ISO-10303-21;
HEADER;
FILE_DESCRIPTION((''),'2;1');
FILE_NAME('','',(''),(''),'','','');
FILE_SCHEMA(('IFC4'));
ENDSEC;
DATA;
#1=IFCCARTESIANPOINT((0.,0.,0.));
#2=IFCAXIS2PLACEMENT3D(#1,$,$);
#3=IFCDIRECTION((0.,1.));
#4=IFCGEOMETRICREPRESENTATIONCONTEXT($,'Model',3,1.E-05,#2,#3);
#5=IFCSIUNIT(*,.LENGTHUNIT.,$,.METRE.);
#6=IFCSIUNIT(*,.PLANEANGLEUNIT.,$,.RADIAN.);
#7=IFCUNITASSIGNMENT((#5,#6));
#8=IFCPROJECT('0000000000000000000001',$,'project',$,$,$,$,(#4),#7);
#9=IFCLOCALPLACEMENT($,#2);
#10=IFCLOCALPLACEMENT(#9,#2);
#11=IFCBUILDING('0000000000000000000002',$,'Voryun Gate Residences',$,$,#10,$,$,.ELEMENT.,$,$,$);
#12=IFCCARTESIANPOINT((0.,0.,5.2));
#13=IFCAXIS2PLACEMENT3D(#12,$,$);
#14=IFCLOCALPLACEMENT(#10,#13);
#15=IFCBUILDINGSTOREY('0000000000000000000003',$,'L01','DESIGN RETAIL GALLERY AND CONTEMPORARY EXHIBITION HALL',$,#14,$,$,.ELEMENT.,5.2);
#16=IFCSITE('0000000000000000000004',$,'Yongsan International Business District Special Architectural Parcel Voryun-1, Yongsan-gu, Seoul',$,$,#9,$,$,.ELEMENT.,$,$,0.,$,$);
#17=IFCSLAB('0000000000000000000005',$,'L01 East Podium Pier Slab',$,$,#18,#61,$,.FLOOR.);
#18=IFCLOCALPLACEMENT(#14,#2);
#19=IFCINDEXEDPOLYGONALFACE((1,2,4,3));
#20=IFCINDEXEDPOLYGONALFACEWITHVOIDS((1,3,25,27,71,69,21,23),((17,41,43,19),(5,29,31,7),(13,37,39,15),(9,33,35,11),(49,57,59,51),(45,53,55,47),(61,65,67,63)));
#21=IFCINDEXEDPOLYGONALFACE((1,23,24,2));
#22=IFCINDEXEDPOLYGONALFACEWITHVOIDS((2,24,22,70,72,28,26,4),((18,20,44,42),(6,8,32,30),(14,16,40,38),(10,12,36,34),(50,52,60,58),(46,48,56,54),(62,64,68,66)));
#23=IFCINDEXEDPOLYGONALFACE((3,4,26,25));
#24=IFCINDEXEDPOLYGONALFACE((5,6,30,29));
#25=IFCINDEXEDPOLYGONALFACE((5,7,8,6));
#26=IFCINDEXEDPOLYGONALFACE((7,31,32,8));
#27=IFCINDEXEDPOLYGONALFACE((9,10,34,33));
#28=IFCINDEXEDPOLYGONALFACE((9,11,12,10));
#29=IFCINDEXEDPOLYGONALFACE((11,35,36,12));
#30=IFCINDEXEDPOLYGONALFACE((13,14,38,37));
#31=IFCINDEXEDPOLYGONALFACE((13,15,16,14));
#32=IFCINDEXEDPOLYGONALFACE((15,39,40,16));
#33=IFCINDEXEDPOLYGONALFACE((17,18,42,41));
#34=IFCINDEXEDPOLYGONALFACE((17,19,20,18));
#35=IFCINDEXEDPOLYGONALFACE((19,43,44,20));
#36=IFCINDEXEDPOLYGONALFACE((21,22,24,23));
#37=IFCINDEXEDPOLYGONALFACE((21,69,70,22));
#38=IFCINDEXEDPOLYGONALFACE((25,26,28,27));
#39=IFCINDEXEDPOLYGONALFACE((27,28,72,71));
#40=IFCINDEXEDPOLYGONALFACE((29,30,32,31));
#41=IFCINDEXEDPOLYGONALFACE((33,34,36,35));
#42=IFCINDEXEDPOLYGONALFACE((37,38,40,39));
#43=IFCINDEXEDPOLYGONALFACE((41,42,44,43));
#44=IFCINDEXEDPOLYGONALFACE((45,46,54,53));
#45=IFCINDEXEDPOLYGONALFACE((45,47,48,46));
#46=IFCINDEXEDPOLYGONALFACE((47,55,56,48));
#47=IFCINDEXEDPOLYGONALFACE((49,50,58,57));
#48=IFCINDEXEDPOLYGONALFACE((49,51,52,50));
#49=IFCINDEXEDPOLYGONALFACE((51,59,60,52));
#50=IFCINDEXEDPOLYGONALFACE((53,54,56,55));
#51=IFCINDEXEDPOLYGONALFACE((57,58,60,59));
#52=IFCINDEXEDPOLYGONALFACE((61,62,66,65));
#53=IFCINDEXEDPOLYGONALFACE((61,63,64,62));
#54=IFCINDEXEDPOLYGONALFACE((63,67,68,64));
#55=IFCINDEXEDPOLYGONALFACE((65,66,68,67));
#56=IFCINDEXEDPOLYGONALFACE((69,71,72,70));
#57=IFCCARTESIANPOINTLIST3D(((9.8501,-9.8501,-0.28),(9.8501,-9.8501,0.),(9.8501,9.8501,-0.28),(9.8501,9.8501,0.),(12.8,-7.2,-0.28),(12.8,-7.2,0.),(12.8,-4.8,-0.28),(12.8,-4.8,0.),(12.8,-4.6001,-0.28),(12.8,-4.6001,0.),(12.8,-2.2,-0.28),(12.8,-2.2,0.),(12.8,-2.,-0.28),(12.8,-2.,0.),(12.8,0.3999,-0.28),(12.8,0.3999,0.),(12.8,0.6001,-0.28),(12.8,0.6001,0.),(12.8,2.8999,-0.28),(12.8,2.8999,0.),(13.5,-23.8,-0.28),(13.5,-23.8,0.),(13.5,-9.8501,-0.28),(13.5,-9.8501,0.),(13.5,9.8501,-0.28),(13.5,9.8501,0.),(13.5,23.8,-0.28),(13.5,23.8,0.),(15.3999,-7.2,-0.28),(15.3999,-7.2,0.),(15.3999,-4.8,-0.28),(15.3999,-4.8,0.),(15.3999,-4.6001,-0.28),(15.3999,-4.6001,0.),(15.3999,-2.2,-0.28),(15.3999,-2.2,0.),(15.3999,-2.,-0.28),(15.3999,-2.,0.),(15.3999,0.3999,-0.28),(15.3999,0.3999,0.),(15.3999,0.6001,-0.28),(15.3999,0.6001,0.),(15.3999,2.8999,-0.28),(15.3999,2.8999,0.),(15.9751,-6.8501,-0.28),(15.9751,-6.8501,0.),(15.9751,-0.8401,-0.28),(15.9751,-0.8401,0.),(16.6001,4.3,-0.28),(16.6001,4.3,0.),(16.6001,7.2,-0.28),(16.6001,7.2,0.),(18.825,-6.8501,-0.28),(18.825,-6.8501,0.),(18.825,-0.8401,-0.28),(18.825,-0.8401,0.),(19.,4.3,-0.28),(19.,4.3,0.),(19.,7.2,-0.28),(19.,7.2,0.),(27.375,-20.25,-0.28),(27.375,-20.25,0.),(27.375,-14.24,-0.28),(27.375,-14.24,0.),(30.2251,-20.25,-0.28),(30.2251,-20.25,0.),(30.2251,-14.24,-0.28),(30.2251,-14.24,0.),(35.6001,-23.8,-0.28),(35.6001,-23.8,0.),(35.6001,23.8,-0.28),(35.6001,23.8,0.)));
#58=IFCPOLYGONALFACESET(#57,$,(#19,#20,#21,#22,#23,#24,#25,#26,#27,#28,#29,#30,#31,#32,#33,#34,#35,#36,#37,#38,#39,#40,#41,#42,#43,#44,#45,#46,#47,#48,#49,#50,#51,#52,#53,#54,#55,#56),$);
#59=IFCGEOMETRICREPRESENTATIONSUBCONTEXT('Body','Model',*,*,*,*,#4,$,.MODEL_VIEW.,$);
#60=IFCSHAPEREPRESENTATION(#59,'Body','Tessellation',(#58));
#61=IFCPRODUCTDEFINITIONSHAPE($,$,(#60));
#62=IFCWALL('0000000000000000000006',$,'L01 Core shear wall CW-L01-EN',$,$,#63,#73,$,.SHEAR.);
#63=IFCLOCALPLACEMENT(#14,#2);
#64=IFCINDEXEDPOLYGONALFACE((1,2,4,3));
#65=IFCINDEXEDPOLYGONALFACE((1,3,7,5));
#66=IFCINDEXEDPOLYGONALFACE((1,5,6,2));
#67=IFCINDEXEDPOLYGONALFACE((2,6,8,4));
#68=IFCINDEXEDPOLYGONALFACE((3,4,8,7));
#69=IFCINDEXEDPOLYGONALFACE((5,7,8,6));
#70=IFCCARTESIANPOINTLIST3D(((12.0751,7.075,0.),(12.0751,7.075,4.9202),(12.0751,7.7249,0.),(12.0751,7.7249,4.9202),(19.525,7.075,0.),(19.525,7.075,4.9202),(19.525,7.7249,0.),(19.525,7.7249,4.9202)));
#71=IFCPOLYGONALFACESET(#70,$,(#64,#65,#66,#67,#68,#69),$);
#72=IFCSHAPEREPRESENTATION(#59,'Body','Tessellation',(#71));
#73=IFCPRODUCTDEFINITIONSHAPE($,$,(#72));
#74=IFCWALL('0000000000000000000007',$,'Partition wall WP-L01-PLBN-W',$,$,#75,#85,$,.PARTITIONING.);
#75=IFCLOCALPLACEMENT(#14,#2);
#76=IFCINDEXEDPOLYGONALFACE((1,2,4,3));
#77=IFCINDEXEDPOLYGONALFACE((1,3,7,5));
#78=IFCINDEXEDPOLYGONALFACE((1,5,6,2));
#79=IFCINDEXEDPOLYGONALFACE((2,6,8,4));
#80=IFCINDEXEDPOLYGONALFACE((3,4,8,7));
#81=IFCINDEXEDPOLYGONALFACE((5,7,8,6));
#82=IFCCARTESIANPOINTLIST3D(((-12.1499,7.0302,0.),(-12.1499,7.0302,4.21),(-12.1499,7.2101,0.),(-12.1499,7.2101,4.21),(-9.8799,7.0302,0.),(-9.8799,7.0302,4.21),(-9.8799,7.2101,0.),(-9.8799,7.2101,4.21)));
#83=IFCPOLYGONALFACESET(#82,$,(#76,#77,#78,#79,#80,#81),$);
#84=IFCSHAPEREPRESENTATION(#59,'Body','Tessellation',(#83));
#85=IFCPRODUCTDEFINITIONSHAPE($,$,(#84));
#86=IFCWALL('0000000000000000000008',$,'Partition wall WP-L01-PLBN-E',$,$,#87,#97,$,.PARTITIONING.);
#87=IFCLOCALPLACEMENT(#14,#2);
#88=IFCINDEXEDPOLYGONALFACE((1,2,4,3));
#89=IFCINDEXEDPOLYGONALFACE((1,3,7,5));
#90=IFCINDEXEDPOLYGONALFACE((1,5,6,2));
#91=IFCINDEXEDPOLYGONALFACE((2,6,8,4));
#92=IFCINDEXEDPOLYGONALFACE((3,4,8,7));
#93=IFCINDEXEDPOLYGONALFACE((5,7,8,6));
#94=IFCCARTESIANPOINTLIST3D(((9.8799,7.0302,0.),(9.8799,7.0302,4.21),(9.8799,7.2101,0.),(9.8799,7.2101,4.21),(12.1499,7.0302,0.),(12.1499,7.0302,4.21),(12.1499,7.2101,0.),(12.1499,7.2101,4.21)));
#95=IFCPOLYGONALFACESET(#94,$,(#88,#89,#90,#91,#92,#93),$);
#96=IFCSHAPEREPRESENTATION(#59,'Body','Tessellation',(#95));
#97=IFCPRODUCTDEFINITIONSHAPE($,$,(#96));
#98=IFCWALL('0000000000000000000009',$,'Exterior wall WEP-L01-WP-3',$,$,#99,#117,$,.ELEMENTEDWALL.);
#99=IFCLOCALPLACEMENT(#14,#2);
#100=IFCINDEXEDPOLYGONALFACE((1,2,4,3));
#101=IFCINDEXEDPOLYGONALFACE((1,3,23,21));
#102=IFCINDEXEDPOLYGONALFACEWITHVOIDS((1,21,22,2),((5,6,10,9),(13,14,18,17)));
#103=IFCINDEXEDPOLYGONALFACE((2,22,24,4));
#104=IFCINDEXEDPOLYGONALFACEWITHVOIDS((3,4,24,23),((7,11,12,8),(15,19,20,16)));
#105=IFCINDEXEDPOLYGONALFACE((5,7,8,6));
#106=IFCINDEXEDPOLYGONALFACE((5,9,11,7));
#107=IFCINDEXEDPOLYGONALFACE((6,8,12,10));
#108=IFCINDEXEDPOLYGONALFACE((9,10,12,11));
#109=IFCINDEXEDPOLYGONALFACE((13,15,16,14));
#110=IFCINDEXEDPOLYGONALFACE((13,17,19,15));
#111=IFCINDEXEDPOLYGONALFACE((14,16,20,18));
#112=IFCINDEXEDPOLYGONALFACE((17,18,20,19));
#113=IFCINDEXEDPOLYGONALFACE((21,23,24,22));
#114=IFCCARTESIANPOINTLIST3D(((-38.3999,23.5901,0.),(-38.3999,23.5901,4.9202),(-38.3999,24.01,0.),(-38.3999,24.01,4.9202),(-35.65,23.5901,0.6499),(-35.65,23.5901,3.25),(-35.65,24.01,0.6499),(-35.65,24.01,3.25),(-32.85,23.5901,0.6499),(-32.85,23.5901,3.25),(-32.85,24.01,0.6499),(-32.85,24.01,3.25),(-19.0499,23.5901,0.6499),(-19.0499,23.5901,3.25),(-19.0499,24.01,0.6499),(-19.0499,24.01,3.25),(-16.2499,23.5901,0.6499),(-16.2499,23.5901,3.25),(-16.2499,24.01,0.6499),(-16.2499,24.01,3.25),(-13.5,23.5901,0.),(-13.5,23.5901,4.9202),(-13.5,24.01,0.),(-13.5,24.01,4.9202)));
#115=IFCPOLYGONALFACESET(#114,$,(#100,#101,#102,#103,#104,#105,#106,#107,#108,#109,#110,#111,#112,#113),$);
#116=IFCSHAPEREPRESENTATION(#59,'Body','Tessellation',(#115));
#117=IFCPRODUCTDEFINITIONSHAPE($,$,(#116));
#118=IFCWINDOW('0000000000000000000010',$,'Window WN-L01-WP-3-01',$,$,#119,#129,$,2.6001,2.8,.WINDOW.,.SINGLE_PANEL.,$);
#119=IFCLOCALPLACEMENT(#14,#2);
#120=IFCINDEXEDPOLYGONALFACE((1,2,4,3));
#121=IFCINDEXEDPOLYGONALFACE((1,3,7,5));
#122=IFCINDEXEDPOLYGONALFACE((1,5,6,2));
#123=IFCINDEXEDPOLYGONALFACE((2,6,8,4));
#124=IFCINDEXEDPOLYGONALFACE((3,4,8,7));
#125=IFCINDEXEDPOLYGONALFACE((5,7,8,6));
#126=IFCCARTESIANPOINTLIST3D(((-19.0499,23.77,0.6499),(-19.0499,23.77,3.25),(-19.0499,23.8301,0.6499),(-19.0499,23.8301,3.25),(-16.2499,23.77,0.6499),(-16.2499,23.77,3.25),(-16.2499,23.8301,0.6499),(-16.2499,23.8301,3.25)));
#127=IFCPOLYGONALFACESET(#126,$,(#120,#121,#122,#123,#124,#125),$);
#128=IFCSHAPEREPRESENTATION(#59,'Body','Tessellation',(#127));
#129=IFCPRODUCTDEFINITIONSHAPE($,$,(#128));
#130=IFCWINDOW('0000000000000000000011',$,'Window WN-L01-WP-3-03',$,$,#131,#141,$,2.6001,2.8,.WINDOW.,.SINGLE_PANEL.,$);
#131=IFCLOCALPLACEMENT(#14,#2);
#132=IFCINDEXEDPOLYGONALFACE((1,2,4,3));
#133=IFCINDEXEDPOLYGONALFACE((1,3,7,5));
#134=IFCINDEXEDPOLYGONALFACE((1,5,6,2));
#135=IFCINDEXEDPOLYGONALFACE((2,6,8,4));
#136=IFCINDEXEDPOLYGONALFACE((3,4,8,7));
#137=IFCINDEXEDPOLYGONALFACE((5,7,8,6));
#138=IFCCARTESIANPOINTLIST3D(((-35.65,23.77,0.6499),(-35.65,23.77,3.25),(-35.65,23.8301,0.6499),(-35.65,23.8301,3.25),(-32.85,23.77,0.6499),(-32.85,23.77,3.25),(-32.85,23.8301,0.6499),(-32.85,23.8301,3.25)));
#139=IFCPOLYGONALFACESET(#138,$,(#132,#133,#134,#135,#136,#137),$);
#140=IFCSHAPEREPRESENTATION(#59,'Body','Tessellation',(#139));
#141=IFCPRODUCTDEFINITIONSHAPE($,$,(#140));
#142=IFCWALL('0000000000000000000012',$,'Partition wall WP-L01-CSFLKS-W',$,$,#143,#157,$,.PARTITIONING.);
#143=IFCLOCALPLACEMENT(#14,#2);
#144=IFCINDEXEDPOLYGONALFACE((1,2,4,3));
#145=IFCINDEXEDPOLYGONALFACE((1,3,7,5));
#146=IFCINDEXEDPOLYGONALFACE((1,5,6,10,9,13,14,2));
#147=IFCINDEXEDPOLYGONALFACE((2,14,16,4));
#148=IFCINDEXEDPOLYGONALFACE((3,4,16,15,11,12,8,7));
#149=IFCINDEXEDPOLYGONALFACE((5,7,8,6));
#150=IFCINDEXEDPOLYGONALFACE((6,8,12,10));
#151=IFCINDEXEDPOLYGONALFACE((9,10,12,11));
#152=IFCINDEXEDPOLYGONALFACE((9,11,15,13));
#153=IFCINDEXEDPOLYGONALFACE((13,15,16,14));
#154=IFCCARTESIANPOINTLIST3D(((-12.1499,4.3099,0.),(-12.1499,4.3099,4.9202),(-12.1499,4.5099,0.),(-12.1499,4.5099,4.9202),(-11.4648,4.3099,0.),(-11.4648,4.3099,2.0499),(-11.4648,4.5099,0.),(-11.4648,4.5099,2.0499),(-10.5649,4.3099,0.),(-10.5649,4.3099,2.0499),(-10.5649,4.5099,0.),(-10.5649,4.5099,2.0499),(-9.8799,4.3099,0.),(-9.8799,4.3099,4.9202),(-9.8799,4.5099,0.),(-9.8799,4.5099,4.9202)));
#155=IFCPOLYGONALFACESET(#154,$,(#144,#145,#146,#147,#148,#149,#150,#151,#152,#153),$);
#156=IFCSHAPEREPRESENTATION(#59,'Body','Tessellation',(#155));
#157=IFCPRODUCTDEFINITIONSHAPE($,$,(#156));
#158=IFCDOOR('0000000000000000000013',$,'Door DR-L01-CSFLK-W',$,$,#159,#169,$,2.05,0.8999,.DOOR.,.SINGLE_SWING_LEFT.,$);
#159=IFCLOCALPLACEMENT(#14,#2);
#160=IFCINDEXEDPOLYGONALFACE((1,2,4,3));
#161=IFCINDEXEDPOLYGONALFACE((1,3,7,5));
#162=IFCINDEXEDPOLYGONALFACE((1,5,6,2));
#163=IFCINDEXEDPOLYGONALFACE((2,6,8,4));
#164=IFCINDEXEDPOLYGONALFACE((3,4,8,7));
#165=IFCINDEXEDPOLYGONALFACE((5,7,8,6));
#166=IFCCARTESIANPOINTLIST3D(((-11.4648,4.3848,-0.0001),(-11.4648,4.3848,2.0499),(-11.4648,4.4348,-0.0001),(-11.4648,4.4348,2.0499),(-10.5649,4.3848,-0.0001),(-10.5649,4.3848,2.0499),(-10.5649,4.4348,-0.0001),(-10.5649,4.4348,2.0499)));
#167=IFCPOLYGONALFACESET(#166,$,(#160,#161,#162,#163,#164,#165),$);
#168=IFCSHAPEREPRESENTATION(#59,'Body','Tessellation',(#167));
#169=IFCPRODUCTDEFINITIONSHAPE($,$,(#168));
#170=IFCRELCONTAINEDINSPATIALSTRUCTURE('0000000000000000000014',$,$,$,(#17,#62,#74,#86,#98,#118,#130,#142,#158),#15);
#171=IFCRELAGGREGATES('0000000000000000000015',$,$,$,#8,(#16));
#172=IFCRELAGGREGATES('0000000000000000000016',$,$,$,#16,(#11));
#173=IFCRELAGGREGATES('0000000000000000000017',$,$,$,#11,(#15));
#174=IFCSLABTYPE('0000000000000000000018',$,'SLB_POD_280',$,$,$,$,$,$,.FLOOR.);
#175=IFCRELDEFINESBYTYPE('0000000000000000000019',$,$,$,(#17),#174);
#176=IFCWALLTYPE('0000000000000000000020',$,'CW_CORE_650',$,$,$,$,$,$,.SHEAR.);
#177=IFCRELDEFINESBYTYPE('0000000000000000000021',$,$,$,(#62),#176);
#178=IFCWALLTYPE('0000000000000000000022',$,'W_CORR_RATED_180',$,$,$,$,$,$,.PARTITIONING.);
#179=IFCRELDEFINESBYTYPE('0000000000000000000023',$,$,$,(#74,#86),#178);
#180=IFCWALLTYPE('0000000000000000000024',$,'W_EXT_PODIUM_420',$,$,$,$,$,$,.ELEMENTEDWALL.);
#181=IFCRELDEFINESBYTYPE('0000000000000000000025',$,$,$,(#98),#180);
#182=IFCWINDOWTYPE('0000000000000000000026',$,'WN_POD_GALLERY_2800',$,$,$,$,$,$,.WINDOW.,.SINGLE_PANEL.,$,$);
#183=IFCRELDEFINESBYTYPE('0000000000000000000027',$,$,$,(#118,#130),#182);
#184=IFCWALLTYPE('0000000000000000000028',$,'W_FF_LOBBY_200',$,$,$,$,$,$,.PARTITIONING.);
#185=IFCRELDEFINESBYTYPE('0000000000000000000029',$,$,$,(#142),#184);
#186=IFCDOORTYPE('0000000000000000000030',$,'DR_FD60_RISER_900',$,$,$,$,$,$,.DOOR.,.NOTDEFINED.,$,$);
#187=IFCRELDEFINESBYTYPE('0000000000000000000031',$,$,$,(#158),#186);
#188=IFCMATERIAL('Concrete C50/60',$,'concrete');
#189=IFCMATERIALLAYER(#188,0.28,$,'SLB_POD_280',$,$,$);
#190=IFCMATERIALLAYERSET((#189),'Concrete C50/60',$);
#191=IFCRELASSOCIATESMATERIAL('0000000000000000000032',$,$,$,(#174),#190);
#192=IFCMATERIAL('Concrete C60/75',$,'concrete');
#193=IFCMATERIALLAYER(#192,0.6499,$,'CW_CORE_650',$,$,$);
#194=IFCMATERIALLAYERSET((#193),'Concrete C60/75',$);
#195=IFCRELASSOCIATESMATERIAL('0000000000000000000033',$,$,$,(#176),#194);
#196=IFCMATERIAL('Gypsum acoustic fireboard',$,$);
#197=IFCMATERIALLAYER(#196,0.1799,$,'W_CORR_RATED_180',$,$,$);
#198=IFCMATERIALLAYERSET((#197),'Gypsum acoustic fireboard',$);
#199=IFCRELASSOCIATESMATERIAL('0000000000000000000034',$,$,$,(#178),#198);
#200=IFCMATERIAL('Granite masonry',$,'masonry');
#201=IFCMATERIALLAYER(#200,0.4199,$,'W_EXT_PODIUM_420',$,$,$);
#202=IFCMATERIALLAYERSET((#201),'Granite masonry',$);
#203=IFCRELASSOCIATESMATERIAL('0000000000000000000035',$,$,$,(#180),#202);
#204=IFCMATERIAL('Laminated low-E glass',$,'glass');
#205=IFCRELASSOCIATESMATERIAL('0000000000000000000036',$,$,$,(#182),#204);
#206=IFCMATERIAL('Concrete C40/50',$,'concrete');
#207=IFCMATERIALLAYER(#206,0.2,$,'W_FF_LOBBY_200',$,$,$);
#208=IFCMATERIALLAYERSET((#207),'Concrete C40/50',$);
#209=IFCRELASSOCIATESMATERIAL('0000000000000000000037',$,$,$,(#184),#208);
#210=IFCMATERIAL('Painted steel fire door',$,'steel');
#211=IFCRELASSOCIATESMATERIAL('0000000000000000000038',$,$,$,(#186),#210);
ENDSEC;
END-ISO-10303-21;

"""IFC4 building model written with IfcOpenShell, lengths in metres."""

from ifc_helpers import new_model, si_unit, direction, frame, frame_2d, origin, place, context, subcontext, project, spatial, polyline, rectangle, outline, extrude, material, layer, layer_set, type_object, element, fill, save


model = new_model("IFC4")

# Units and contexts
model_context = context("Model", 3, precision=1e-05, world=origin(), true_north=direction((0.0, 1.0)))
body_context = subcontext(model_context, "Body", "Model", "MODEL_VIEW")
ifc_project = project(units=[si_unit("LENGTHUNIT", "METRE"), si_unit("PLANEANGLEUNIT", "RADIAN")], contexts=[model_context])

# Site, building, storey
site_placement = place(None, origin())
site = spatial("IfcSite", under=ifc_project, at=site_placement, Name="Yongsan International Business District Special Architectural Parcel Voryun-1, Yongsan-gu, Seoul", CompositionType="ELEMENT", RefElevation=0.0)
building_placement = place(site_placement, origin())
building = spatial("IfcBuilding", under=site, at=building_placement, Name="Voryun Gate Residences", CompositionType="ELEMENT")
storey_placement = place(building_placement, frame((0.0, 0.0, 5.2)))
storey = spatial("IfcBuildingStorey", under=building, at=storey_placement, Name="L01", Description="DESIGN RETAIL GALLERY AND CONTEMPORARY EXHIBITION HALL", CompositionType="ELEMENT", Elevation=5.2)

# Slab
ifc_material_1 = material(Name="Concrete C50/60", Category="concrete")
ifc_layer_1 = layer(ifc_material_1, 0.28, Name="SLB_POD_280")
ifc_layer_set_1 = layer_set([ifc_layer_1], Name="Concrete C50/60")
slab_type = type_object("IfcSlabType", Name="SLB_POD_280", PredefinedType="FLOOR", material=ifc_layer_set_1)
slab_1_placement = place(storey_placement, frame((0.0, 0.0, -0.28)))
element("IfcSlab", 1, at=slab_1_placement, inside=storey, type_object=slab_type, Name="L01 East Podium Pier Slab", PredefinedType="FLOOR", context=body_context, shape_type="SweptSolid", body=[
    extrude(outline(polyline([(9.8501, 9.8501), (13.5, 9.8501), (13.5, 23.8), (35.6001, 23.8), (35.6001, -23.8), (13.5, -23.8), (13.5, -9.8501), (9.8501, -9.8501), (9.8501, 9.8501)]), holes=[polyline([(30.2251, -20.25), (30.2251, -14.24), (27.375, -14.24), (27.375, -20.25), (30.2251, -20.25)]), polyline([(15.3999, -7.2), (15.3999, -4.8), (12.8, -4.8), (12.8, -7.2), (15.3999, -7.2)]), polyline([(15.9751, -6.8501), (18.825, -6.8501), (18.825, -0.8401), (15.9751, -0.8401), (15.9751, -6.8501)]), polyline([(15.3999, -4.6001), (15.3999, -2.2), (12.8, -2.2), (12.8, -4.6001), (15.3999, -4.6001)]), polyline([(15.3999, -2.0), (15.3999, 0.3999), (12.8, 0.3999), (12.8, -2.0), (15.3999, -2.0)]), polyline([(15.3999, 0.6001), (15.3999, 2.8999), (12.8, 2.8999), (12.8, 0.6001), (15.3999, 0.6001)]), polyline([(19.0, 4.3), (19.0, 7.2), (16.6001, 7.2), (16.6001, 4.3), (19.0, 4.3)])]), origin(), (0.0, 0.0, 1.0), 0.28),
])

# Walls
ifc_material_2 = material(Name="Concrete C60/75", Category="concrete")
ifc_layer_2 = layer(ifc_material_2, 0.6499, Name="CW_CORE_650")
ifc_layer_set_2 = layer_set([ifc_layer_2], Name="Concrete C60/75")
wall_type_1 = type_object("IfcWallType", Name="CW_CORE_650", PredefinedType="SHEAR", material=ifc_layer_set_2)
wall_1_placement = place(storey_placement, frame((12.075, 7.3999, 0.0), z_axis=(0.0, 0.0, 1.0), x_axis=(1.0, 0.0, 0.0)))
element("IfcWall", 2, at=wall_1_placement, inside=storey, type_object=wall_type_1, Name="L01 Core shear wall CW-L01-EN", PredefinedType="SHEAR", context=body_context, shape_type="SweptSolid", body=[
    extrude(rectangle(XDim=7.45, YDim=0.6499, at=frame_2d((3.7251, 0.0))), origin(), (0.0, 0.0, 1.0), 4.9202),
])
ifc_material_3 = material(Name="Gypsum acoustic fireboard")
ifc_layer_3 = layer(ifc_material_3, 0.1799, Name="W_CORR_RATED_180")
ifc_layer_set_3 = layer_set([ifc_layer_3], Name="Gypsum acoustic fireboard")
wall_type_2 = type_object("IfcWallType", Name="W_CORR_RATED_180", PredefinedType="PARTITIONING", material=ifc_layer_set_3)
for number, where, z_axis, x_axis, name in (
    (3, (-12.1499, 7.1201, 0.0), (0.0, 0.0, 1.0), (1.0, 0.0, 0.0), "Partition wall WP-L01-PLBN-W"),
    (4, (9.8799, 7.1201, 0.0), (0.0, 0.0, 1.0), (1.0, 0.0, 0.0), "Partition wall WP-L01-PLBN-E"),
):
    element("IfcWall", number, at=place(storey_placement, frame(where, z_axis=z_axis, x_axis=x_axis)), inside=storey, type_object=wall_type_2, Name=name, PredefinedType="PARTITIONING", context=body_context, shape_type="SweptSolid", body=[
        extrude(rectangle(XDim=2.27, YDim=0.1799, at=frame_2d((1.135, 0.0))), origin(), (0.0, 0.0, 1.0), 4.21),
    ])

# Wall, openings, windows
ifc_material_4 = material(Name="Granite masonry", Category="masonry")
ifc_layer_4 = layer(ifc_material_4, 0.4199, Name="W_EXT_PODIUM_420")
ifc_layer_set_4 = layer_set([ifc_layer_4], Name="Granite masonry")
wall_type_3 = type_object("IfcWallType", Name="W_EXT_PODIUM_420", PredefinedType="ELEMENTEDWALL", material=ifc_layer_set_4)
wall_2_placement = place(storey_placement, frame((-13.5, 23.8, 0.0), z_axis=(0.0, 0.0, 1.0), x_axis=(-1.0, 0.0, 0.0)))
wall_2 = element("IfcWall", 5, at=wall_2_placement, inside=storey, type_object=wall_type_3, Name="Exterior wall WEP-L01-WP-3", PredefinedType="ELEMENTEDWALL", context=body_context, shape_type="SweptSolid", body=[
    extrude(rectangle(XDim=24.8999, YDim=0.4199, at=frame_2d((12.45, 0.0))), origin(), (0.0, 0.0, 1.0), 4.9202),
])
opening_1_placement = place(wall_2_placement, frame((2.75, 0.0, 0.6499)))
opening_1 = element("IfcOpeningElement", 6, at=opening_1_placement, cuts=wall_2, PredefinedType="OPENING", context=body_context, shape_type="SweptSolid", body=[
    extrude(rectangle(XDim=2.8, YDim=2.6001, at=frame_2d((1.3999, 1.3))), frame((0.0, 0.22, 0.0), z_axis=(0.0, -1.0, 0.0), x_axis=(1.0, 0.0, 0.0)), (0.0, 0.0, 1.0), 0.4399),
])
opening_2_placement = place(wall_2_placement, frame((19.3501, 0.0, 0.6499)))
opening_2 = element("IfcOpeningElement", 7, at=opening_2_placement, cuts=wall_2, PredefinedType="OPENING", context=body_context, shape_type="SweptSolid", body=[
    extrude(rectangle(XDim=2.8, YDim=2.6001, at=frame_2d((1.3999, 1.3))), frame((0.0, 0.22, 0.0), z_axis=(0.0, -1.0, 0.0), x_axis=(1.0, 0.0, 0.0)), (0.0, 0.0, 1.0), 0.4399),
])
ifc_material_5 = material(Name="Laminated low-E glass", Category="glass")
window_type = type_object("IfcWindowType", Name="WN_POD_GALLERY_2800", PartitioningType="SINGLE_PANEL", PredefinedType="WINDOW", material=ifc_material_5)
window_1_placement = place(opening_1_placement, origin())
window_1 = element("IfcWindow", 8, at=window_1_placement, inside=storey, type_object=window_type, Name="Window WN-L01-WP-3-01", OverallHeight=2.6001, OverallWidth=2.8, PartitioningType="SINGLE_PANEL", PredefinedType="WINDOW", context=body_context, shape_type="SweptSolid", body=[
    extrude(rectangle(XDim=2.8, YDim=2.6001, at=frame_2d((1.3999, 1.3))), frame((0.0, 0.03, 0.0), z_axis=(0.0, -1.0, 0.0), x_axis=(1.0, 0.0, 0.0)), (0.0, 0.0, 1.0), 0.0601),
])
fill(opening_1, window_1)
window_2_placement = place(opening_2_placement, origin())
window_2 = element("IfcWindow", 9, at=window_2_placement, inside=storey, type_object=window_type, Name="Window WN-L01-WP-3-03", OverallHeight=2.6001, OverallWidth=2.8, PartitioningType="SINGLE_PANEL", PredefinedType="WINDOW", context=body_context, shape_type="SweptSolid", body=[
    extrude(rectangle(XDim=2.8, YDim=2.6001, at=frame_2d((1.3999, 1.3))), frame((0.0, 0.03, 0.0), z_axis=(0.0, -1.0, 0.0), x_axis=(1.0, 0.0, 0.0)), (0.0, 0.0, 1.0), 0.0601),
])
fill(opening_2, window_2)

# Wall, opening, door
ifc_material_6 = material(Name="Concrete C40/50", Category="concrete")
ifc_layer_5 = layer(ifc_material_6, 0.2, Name="W_FF_LOBBY_200")
ifc_layer_set_5 = layer_set([ifc_layer_5], Name="Concrete C40/50")
wall_type_4 = type_object("IfcWallType", Name="W_FF_LOBBY_200", PredefinedType="PARTITIONING", material=ifc_layer_set_5)
wall_3_placement = place(storey_placement, frame((-12.1499, 4.4099, 0.0), z_axis=(0.0, 0.0, 1.0), x_axis=(1.0, 0.0, 0.0)))
wall_3 = element("IfcWall", 10, at=wall_3_placement, inside=storey, type_object=wall_type_4, Name="Partition wall WP-L01-CSFLKS-W", PredefinedType="PARTITIONING", context=body_context, shape_type="SweptSolid", body=[
    extrude(rectangle(XDim=2.27, YDim=0.2, at=frame_2d((1.135, 0.0))), origin(), (0.0, 0.0, 1.0), 4.9202),
])
opening_3_placement = place(wall_3_placement, frame((0.6851, 0.0, 0.0)))
opening_3 = element("IfcOpeningElement", 11, at=opening_3_placement, cuts=wall_3, PredefinedType="OPENING", context=body_context, shape_type="SweptSolid", body=[
    extrude(rectangle(XDim=0.8999, YDim=2.05, at=frame_2d((0.45, 1.0249))), frame((0.0, 0.1101, 0.0), z_axis=(0.0, -1.0, 0.0), x_axis=(1.0, 0.0, 0.0)), (0.0, 0.0, 1.0), 0.22),
])
ifc_material_7 = material(Name="Painted steel fire door", Category="steel")
door_type = type_object("IfcDoorType", Name="DR_FD60_RISER_900", OperationType="NOTDEFINED", PredefinedType="DOOR", material=ifc_material_7)
door_placement = place(opening_3_placement, origin())
door = element("IfcDoor", 12, at=door_placement, inside=storey, type_object=door_type, Name="Door DR-L01-CSFLK-W", OperationType="SINGLE_SWING_LEFT", OverallHeight=2.05, OverallWidth=0.8999, PredefinedType="DOOR", context=body_context, shape_type="SweptSolid", body=[
    extrude(rectangle(XDim=0.8999, YDim=2.05, at=frame_2d((0.45, 1.0249))), frame((0.0, 0.0249, 0.0), z_axis=(0.0, -1.0, 0.0), x_axis=(1.0, 0.0, 0.0)), (0.0, 0.0, 1.0), 0.05),
])
fill(opening_3, door)

save(model, "model.ifc")
